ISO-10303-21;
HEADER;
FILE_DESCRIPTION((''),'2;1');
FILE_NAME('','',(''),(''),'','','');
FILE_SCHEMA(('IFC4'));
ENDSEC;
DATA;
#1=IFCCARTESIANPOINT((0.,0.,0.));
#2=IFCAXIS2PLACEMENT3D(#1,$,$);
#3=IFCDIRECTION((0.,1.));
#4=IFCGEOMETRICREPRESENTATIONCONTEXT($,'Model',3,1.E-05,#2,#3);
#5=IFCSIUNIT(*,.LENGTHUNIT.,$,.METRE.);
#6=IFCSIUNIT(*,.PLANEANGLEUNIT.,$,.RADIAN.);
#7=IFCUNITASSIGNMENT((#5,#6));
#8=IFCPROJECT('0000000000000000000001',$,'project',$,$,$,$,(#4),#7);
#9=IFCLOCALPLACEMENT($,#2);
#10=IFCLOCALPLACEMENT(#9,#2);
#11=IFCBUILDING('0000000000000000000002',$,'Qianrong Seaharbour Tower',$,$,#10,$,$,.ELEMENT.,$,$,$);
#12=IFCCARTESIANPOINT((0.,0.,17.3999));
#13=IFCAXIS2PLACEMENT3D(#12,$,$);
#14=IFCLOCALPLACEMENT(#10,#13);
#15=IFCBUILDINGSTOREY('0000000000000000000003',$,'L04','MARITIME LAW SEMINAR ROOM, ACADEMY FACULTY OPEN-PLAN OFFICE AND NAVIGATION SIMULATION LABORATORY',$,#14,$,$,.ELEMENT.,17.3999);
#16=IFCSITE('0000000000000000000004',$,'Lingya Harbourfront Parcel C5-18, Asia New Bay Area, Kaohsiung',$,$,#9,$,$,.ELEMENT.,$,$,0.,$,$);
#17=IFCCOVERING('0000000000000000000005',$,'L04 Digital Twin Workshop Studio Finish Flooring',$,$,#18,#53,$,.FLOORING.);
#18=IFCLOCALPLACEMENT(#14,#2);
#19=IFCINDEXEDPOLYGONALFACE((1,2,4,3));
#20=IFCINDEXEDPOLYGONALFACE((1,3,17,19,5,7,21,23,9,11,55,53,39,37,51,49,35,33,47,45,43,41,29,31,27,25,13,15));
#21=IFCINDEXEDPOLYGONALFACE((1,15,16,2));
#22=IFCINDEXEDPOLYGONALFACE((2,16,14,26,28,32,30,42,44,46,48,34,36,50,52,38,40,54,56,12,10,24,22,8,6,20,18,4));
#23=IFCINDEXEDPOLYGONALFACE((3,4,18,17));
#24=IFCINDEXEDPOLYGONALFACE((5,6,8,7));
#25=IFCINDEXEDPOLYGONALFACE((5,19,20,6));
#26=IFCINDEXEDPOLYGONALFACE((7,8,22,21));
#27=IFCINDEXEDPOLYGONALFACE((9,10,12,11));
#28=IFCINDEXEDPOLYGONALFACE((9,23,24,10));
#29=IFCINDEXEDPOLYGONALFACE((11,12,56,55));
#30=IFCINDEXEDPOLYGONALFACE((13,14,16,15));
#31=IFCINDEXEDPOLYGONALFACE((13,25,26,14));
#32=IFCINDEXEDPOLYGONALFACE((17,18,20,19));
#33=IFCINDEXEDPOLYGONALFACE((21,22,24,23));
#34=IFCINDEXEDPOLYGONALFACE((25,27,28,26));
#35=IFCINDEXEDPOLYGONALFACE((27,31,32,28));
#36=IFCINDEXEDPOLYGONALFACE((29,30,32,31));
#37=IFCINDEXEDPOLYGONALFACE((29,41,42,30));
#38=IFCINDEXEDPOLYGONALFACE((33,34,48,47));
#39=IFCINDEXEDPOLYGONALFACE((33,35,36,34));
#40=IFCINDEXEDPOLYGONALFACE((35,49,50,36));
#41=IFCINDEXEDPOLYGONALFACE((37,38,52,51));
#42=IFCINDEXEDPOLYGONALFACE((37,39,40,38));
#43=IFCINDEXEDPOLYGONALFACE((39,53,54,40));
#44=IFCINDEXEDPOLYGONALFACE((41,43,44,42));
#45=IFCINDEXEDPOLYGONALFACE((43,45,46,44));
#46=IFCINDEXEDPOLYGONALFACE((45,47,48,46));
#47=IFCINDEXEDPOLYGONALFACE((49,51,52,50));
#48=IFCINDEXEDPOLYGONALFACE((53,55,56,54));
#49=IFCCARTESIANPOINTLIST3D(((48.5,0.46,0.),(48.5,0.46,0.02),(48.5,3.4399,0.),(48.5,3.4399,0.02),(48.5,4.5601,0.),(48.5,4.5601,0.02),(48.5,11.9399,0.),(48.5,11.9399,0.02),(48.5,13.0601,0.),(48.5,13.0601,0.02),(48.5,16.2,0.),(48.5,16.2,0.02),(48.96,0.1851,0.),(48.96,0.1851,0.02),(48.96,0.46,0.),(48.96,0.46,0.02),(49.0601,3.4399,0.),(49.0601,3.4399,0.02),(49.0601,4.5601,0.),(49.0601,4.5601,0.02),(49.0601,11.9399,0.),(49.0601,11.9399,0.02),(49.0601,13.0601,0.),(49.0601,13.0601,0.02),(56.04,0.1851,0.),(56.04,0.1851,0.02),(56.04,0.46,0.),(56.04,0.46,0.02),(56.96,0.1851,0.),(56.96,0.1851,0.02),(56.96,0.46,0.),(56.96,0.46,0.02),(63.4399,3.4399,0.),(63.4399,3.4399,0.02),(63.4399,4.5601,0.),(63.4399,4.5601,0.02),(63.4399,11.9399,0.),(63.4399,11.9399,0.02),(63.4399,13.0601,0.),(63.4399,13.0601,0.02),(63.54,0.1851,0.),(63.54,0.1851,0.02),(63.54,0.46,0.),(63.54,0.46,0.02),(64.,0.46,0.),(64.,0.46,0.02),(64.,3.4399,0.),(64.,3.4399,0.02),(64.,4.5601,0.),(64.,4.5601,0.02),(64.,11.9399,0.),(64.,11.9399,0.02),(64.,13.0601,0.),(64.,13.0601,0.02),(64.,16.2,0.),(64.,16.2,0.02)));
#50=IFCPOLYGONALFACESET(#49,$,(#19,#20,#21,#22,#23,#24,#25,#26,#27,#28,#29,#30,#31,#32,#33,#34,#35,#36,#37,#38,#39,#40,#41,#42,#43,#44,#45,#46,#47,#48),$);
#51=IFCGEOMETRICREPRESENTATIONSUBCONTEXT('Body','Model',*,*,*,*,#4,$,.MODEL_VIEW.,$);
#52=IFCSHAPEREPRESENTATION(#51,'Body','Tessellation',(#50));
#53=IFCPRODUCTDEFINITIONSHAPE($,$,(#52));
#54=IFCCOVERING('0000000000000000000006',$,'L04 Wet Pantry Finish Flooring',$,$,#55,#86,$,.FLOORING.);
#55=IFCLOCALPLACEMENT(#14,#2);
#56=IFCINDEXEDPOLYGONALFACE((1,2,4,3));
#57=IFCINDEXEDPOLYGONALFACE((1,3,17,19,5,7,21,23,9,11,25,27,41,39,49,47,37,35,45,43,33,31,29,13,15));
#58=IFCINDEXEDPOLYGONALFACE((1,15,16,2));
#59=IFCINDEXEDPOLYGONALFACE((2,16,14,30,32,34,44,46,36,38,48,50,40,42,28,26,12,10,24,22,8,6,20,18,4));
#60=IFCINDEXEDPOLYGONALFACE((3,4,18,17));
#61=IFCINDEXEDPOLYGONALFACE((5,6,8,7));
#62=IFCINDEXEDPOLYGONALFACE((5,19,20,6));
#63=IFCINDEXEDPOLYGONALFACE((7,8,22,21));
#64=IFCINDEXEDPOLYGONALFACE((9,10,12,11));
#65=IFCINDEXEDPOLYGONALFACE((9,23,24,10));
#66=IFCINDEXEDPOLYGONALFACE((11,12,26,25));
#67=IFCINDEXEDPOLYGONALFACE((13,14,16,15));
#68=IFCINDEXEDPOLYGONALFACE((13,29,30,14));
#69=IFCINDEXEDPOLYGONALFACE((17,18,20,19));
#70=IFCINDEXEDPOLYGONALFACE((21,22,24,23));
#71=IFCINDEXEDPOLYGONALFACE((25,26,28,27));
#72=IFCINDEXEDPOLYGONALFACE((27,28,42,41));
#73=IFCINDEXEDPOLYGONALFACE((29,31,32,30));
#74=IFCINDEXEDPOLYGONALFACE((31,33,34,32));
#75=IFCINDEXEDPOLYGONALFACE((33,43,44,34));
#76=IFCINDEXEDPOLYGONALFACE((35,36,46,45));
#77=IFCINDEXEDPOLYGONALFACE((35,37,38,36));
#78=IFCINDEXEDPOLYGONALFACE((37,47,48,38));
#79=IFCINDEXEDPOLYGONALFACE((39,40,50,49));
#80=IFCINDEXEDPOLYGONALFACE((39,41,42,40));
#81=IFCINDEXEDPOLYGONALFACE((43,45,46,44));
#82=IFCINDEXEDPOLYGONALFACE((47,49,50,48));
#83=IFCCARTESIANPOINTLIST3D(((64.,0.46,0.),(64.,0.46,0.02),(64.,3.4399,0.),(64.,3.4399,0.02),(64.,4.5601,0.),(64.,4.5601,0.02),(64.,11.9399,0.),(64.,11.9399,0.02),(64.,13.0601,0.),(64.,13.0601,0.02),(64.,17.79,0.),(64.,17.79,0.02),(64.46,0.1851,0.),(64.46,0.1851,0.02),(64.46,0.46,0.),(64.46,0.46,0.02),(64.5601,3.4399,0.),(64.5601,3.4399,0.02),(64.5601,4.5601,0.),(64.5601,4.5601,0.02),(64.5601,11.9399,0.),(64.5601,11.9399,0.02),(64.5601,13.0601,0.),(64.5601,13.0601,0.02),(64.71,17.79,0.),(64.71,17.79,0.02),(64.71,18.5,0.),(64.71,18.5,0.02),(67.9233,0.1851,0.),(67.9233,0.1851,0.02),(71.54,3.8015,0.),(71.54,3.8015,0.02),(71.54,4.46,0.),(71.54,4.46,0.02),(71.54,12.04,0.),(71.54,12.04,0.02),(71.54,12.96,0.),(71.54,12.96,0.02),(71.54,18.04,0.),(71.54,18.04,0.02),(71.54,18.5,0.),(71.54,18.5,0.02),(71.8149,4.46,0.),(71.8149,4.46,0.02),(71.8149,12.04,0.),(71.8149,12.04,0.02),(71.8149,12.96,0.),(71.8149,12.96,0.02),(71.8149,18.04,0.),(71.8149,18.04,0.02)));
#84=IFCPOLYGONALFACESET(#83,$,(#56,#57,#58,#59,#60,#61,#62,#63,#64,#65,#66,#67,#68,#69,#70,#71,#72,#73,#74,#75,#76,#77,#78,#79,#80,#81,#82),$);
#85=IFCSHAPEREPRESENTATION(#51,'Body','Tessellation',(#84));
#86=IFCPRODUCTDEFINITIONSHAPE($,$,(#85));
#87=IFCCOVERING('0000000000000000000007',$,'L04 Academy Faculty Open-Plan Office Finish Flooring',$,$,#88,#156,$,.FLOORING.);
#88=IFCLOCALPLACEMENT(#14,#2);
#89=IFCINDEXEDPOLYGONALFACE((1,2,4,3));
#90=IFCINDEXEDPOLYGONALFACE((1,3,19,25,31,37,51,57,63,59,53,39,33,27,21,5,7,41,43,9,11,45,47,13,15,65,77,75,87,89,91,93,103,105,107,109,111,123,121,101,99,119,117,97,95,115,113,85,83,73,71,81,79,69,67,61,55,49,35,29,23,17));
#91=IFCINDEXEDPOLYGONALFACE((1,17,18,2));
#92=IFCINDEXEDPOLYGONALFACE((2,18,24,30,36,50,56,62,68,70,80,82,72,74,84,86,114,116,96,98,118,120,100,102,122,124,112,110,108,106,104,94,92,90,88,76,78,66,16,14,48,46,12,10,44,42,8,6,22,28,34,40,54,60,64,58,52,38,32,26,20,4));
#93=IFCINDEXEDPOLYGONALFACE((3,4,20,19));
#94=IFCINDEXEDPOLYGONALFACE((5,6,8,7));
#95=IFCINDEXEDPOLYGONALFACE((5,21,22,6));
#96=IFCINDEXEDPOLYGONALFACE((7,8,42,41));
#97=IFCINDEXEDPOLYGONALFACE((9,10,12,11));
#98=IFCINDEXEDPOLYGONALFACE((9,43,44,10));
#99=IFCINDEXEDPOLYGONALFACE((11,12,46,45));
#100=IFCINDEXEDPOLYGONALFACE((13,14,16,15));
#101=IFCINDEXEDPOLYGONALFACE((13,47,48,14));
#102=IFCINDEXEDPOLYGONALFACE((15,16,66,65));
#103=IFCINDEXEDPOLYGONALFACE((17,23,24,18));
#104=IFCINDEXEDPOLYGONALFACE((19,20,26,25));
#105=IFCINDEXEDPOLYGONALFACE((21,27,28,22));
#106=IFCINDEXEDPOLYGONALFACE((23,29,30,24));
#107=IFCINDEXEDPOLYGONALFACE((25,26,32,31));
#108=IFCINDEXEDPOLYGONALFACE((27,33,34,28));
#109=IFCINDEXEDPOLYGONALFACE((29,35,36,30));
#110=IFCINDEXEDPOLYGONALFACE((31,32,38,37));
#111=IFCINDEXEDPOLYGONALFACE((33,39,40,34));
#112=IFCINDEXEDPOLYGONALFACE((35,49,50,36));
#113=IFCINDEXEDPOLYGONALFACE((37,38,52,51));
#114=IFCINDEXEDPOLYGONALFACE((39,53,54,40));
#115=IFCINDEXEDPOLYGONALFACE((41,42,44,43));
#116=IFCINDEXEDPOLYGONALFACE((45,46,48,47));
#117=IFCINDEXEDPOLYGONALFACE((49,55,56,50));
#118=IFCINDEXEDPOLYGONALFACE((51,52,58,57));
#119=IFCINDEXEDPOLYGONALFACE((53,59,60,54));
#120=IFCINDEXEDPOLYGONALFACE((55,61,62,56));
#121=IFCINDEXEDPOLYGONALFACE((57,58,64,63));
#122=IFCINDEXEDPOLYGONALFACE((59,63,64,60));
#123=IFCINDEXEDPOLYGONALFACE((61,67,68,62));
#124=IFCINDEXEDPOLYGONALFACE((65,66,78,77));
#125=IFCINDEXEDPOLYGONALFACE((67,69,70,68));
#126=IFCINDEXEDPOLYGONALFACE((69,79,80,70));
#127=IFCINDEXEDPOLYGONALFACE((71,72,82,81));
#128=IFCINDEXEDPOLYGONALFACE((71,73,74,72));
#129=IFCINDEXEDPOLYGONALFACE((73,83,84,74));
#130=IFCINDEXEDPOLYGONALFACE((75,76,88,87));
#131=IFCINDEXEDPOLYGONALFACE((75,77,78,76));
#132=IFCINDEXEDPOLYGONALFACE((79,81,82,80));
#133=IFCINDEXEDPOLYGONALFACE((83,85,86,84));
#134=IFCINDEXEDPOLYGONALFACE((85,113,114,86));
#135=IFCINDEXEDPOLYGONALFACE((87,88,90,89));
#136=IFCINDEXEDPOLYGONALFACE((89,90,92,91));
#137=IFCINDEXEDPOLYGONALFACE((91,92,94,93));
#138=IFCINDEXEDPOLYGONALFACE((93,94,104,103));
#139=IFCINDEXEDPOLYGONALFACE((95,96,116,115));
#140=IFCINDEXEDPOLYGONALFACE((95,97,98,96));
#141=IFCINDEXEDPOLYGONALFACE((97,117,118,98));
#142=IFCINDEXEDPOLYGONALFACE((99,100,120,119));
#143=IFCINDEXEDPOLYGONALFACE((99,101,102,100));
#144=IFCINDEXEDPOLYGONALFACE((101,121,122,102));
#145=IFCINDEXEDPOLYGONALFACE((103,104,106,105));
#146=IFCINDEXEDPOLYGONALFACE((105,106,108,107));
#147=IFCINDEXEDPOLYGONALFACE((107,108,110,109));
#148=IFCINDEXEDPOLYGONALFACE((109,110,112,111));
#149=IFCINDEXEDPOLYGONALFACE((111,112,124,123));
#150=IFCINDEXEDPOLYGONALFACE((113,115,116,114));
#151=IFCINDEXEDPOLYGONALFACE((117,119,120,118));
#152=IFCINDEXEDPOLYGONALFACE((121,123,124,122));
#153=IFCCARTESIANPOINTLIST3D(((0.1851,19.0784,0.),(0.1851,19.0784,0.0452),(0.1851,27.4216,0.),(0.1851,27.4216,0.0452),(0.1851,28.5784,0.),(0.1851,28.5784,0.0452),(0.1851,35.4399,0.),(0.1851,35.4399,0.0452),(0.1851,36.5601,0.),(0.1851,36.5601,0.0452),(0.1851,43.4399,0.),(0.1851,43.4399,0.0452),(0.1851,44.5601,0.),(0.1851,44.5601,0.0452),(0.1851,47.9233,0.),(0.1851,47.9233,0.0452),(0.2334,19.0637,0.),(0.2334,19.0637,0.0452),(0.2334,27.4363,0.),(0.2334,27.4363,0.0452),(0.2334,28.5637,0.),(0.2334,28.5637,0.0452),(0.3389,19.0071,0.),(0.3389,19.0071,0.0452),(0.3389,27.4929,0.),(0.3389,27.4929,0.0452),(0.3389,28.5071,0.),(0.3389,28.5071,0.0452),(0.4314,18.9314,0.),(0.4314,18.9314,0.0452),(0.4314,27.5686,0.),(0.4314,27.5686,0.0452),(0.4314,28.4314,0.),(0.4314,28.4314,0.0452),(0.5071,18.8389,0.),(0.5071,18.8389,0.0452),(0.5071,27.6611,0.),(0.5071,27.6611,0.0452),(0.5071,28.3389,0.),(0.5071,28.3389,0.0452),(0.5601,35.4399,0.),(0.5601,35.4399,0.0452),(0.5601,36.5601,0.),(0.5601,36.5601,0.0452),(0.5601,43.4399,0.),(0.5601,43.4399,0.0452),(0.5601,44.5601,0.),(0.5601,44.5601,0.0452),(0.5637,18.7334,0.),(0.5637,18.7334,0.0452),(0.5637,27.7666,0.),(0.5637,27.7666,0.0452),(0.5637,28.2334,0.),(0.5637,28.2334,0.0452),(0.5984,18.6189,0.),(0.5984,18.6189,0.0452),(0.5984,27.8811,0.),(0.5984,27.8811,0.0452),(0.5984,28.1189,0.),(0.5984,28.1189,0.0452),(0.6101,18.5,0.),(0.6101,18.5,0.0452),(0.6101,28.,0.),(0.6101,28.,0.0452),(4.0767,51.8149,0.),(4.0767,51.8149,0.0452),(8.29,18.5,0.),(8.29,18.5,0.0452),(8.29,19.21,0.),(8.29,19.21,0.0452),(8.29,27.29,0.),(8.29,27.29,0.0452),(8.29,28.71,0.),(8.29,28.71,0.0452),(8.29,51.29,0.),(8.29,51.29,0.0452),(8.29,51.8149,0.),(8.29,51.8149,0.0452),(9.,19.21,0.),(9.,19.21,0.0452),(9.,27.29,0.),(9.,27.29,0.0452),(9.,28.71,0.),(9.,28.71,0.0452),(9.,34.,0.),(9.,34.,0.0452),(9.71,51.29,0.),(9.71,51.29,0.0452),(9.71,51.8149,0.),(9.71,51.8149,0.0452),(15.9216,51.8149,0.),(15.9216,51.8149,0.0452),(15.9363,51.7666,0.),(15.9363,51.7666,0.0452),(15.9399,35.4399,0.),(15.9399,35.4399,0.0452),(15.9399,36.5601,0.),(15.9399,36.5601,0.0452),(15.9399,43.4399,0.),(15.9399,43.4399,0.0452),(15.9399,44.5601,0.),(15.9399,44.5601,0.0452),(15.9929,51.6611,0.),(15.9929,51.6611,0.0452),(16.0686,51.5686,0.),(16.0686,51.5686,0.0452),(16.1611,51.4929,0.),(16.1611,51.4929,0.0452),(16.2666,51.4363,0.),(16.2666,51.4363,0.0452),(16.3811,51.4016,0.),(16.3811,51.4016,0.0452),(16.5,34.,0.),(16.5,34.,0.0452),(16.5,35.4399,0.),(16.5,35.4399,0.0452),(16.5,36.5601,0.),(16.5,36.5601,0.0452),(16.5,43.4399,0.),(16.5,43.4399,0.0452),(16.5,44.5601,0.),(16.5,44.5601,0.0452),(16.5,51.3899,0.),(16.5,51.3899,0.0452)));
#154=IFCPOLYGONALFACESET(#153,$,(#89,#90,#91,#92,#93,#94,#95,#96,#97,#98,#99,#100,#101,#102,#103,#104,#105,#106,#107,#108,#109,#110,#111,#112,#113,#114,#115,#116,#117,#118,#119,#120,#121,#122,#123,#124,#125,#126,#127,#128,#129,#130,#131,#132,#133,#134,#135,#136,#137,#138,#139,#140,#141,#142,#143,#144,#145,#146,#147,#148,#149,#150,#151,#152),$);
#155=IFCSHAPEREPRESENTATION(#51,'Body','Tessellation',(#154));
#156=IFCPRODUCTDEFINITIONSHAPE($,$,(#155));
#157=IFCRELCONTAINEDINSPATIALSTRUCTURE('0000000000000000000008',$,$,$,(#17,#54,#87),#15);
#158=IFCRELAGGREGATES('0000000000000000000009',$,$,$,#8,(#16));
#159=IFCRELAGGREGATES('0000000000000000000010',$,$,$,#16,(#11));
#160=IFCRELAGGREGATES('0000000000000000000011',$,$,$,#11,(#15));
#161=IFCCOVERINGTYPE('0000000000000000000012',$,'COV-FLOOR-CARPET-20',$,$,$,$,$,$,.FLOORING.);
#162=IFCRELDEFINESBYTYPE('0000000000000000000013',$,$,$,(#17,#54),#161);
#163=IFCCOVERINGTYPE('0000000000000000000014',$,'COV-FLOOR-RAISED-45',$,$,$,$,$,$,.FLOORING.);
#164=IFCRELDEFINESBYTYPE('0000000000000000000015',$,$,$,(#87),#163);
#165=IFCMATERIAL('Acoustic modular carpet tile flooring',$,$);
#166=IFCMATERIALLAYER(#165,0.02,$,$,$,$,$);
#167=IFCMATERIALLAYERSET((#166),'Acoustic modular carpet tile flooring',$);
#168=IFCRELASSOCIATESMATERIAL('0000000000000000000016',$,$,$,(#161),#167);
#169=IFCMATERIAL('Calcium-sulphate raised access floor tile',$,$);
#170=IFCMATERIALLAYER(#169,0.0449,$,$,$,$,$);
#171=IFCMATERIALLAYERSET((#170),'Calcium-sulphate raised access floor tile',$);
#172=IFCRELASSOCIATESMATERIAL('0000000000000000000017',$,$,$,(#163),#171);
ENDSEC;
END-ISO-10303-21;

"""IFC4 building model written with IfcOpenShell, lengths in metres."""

from ifc_helpers import new_model, si_unit, direction, frame, origin, place, context, subcontext, project, spatial, polyline, outline, extrude, material, layer, layer_set, type_object, element, save


model = new_model("IFC4")

# Units and contexts
model_context = context("Model", 3, precision=1e-05, world=origin(), true_north=direction((0.0, 1.0)))
body_context = subcontext(model_context, "Body", "Model", "MODEL_VIEW")
ifc_project = project(units=[si_unit("LENGTHUNIT", "METRE"), si_unit("PLANEANGLEUNIT", "RADIAN")], contexts=[model_context])

# Site, building, storey
site_placement = place(None, origin())
site = spatial("IfcSite", under=ifc_project, at=site_placement, Name="Lingya Harbourfront Parcel C5-18, Asia New Bay Area, Kaohsiung", CompositionType="ELEMENT", RefElevation=0.0)
building_placement = place(site_placement, origin())
building = spatial("IfcBuilding", under=site, at=building_placement, Name="Qianrong Seaharbour Tower", CompositionType="ELEMENT")
storey_placement = place(building_placement, frame((0.0, 0.0, 17.3999)))
storey = spatial("IfcBuildingStorey", under=building, at=storey_placement, Name="L04", Description="MARITIME LAW SEMINAR ROOM, ACADEMY FACULTY OPEN-PLAN OFFICE AND NAVIGATION SIMULATION LABORATORY", CompositionType="ELEMENT", Elevation=17.3999)

# Coverings
ifc_material_1 = material(Name="Acoustic modular carpet tile flooring")
ifc_layer_1 = layer(ifc_material_1, 0.02)
ifc_layer_set_1 = layer_set([ifc_layer_1], Name="Acoustic modular carpet tile flooring")
covering_type_1 = type_object("IfcCoveringType", Name="COV-FLOOR-CARPET-20", PredefinedType="FLOORING", material=ifc_layer_set_1)
covering_1_placement = place(storey_placement, origin())
element("IfcCovering", 1, at=covering_1_placement, inside=storey, type_object=covering_type_1, Name="L04 Digital Twin Workshop Studio Finish Flooring", PredefinedType="FLOORING", context=body_context, shape_type="SweptSolid", body=[
    extrude(outline(polyline([(64.0, 13.0601), (63.4399, 13.0601), (63.4399, 11.9399), (64.0, 11.9399), (64.0, 4.5601), (63.4399, 4.5601), (63.4399, 3.4399), (64.0, 3.4399), (64.0, 0.46), (63.54, 0.46), (63.54, 0.1851), (56.96, 0.1851), (56.96, 0.46), (56.04, 0.46), (56.04, 0.1851), (48.96, 0.1851), (48.96, 0.46), (48.5, 0.46), (48.5, 3.4399), (49.0601, 3.4399), (49.0601, 4.5601), (48.5, 4.5601), (48.5, 11.9399), (49.0601, 11.9399), (49.0601, 13.0601), (48.5, 13.0601), (48.5, 16.2), (64.0, 16.2), (64.0, 13.0601)])), origin(), (0.0, 0.0, 1.0), 0.02),
])
covering_2_placement = place(storey_placement, origin())
element("IfcCovering", 2, at=covering_2_placement, inside=storey, type_object=covering_type_1, Name="L04 Wet Pantry Finish Flooring", PredefinedType="FLOORING", context=body_context, shape_type="SweptSolid", body=[
    extrude(outline(polyline([(71.8149, 12.96), (71.54, 12.96), (71.54, 12.04), (71.8149, 12.04), (71.8149, 4.46), (71.54, 4.46), (71.54, 3.8015), (67.9233, 0.1851), (64.46, 0.1851), (64.46, 0.46), (64.0, 0.46), (64.0, 3.4399), (64.5601, 3.4399), (64.5601, 4.5601), (64.0, 4.5601), (64.0, 11.9399), (64.5601, 11.9399), (64.5601, 13.0601), (64.0, 13.0601), (64.0, 17.79), (64.71, 17.79), (64.71, 18.5), (71.54, 18.5), (71.54, 18.04), (71.8149, 18.04), (71.8149, 12.96)])), origin(), (0.0, 0.0, 1.0), 0.02),
])
ifc_material_2 = material(Name="Calcium-sulphate raised access floor tile")
ifc_layer_2 = layer(ifc_material_2, 0.0449)
ifc_layer_set_2 = layer_set([ifc_layer_2], Name="Calcium-sulphate raised access floor tile")
covering_type_2 = type_object("IfcCoveringType", Name="COV-FLOOR-RAISED-45", PredefinedType="FLOORING", material=ifc_layer_set_2)
covering_3_placement = place(storey_placement, origin())
element("IfcCovering", 3, at=covering_3_placement, inside=storey, type_object=covering_type_2, Name="L04 Academy Faculty Open-Plan Office Finish Flooring", PredefinedType="FLOORING", context=body_context, shape_type="SweptSolid", body=[
    extrude(outline(polyline([(0.1851, 27.4216), (0.2334, 27.4363), (0.3389, 27.4929), (0.4314, 27.5686), (0.5071, 27.6611), (0.5637, 27.7666), (0.5984, 27.8811), (0.6101, 28.0), (0.5984, 28.1189), (0.5637, 28.2334), (0.5071, 28.3389), (0.4314, 28.4314), (0.3389, 28.5071), (0.2334, 28.5637), (0.1851, 28.5784), (0.1851, 35.4399), (0.5601, 35.4399), (0.5601, 36.5601), (0.1851, 36.5601), (0.1851, 43.4399), (0.5601, 43.4399), (0.5601, 44.5601), (0.1851, 44.5601), (0.1851, 47.9233), (4.0767, 51.8149), (8.29, 51.8149), (8.29, 51.29), (9.71, 51.29), (9.71, 51.8149), (15.9216, 51.8149), (15.9363, 51.7666), (15.9929, 51.6611), (16.0686, 51.5686), (16.1611, 51.4929), (16.2666, 51.4363), (16.3811, 51.4016), (16.5, 51.3899), (16.5, 44.5601), (15.9399, 44.5601), (15.9399, 43.4399), (16.5, 43.4399), (16.5, 36.5601), (15.9399, 36.5601), (15.9399, 35.4399), (16.5, 35.4399), (16.5, 34.0), (9.0, 34.0), (9.0, 28.71), (8.29, 28.71), (8.29, 27.29), (9.0, 27.29), (9.0, 19.21), (8.29, 19.21), (8.29, 18.5), (0.6101, 18.5), (0.5984, 18.6189), (0.5637, 18.7334), (0.5071, 18.8389), (0.4314, 18.9314), (0.3389, 19.0071), (0.2334, 19.0637), (0.1851, 19.0784), (0.1851, 27.4216)])), origin(), (0.0, 0.0, 1.0), 0.0452),
])

save(model, "model.ifc")
